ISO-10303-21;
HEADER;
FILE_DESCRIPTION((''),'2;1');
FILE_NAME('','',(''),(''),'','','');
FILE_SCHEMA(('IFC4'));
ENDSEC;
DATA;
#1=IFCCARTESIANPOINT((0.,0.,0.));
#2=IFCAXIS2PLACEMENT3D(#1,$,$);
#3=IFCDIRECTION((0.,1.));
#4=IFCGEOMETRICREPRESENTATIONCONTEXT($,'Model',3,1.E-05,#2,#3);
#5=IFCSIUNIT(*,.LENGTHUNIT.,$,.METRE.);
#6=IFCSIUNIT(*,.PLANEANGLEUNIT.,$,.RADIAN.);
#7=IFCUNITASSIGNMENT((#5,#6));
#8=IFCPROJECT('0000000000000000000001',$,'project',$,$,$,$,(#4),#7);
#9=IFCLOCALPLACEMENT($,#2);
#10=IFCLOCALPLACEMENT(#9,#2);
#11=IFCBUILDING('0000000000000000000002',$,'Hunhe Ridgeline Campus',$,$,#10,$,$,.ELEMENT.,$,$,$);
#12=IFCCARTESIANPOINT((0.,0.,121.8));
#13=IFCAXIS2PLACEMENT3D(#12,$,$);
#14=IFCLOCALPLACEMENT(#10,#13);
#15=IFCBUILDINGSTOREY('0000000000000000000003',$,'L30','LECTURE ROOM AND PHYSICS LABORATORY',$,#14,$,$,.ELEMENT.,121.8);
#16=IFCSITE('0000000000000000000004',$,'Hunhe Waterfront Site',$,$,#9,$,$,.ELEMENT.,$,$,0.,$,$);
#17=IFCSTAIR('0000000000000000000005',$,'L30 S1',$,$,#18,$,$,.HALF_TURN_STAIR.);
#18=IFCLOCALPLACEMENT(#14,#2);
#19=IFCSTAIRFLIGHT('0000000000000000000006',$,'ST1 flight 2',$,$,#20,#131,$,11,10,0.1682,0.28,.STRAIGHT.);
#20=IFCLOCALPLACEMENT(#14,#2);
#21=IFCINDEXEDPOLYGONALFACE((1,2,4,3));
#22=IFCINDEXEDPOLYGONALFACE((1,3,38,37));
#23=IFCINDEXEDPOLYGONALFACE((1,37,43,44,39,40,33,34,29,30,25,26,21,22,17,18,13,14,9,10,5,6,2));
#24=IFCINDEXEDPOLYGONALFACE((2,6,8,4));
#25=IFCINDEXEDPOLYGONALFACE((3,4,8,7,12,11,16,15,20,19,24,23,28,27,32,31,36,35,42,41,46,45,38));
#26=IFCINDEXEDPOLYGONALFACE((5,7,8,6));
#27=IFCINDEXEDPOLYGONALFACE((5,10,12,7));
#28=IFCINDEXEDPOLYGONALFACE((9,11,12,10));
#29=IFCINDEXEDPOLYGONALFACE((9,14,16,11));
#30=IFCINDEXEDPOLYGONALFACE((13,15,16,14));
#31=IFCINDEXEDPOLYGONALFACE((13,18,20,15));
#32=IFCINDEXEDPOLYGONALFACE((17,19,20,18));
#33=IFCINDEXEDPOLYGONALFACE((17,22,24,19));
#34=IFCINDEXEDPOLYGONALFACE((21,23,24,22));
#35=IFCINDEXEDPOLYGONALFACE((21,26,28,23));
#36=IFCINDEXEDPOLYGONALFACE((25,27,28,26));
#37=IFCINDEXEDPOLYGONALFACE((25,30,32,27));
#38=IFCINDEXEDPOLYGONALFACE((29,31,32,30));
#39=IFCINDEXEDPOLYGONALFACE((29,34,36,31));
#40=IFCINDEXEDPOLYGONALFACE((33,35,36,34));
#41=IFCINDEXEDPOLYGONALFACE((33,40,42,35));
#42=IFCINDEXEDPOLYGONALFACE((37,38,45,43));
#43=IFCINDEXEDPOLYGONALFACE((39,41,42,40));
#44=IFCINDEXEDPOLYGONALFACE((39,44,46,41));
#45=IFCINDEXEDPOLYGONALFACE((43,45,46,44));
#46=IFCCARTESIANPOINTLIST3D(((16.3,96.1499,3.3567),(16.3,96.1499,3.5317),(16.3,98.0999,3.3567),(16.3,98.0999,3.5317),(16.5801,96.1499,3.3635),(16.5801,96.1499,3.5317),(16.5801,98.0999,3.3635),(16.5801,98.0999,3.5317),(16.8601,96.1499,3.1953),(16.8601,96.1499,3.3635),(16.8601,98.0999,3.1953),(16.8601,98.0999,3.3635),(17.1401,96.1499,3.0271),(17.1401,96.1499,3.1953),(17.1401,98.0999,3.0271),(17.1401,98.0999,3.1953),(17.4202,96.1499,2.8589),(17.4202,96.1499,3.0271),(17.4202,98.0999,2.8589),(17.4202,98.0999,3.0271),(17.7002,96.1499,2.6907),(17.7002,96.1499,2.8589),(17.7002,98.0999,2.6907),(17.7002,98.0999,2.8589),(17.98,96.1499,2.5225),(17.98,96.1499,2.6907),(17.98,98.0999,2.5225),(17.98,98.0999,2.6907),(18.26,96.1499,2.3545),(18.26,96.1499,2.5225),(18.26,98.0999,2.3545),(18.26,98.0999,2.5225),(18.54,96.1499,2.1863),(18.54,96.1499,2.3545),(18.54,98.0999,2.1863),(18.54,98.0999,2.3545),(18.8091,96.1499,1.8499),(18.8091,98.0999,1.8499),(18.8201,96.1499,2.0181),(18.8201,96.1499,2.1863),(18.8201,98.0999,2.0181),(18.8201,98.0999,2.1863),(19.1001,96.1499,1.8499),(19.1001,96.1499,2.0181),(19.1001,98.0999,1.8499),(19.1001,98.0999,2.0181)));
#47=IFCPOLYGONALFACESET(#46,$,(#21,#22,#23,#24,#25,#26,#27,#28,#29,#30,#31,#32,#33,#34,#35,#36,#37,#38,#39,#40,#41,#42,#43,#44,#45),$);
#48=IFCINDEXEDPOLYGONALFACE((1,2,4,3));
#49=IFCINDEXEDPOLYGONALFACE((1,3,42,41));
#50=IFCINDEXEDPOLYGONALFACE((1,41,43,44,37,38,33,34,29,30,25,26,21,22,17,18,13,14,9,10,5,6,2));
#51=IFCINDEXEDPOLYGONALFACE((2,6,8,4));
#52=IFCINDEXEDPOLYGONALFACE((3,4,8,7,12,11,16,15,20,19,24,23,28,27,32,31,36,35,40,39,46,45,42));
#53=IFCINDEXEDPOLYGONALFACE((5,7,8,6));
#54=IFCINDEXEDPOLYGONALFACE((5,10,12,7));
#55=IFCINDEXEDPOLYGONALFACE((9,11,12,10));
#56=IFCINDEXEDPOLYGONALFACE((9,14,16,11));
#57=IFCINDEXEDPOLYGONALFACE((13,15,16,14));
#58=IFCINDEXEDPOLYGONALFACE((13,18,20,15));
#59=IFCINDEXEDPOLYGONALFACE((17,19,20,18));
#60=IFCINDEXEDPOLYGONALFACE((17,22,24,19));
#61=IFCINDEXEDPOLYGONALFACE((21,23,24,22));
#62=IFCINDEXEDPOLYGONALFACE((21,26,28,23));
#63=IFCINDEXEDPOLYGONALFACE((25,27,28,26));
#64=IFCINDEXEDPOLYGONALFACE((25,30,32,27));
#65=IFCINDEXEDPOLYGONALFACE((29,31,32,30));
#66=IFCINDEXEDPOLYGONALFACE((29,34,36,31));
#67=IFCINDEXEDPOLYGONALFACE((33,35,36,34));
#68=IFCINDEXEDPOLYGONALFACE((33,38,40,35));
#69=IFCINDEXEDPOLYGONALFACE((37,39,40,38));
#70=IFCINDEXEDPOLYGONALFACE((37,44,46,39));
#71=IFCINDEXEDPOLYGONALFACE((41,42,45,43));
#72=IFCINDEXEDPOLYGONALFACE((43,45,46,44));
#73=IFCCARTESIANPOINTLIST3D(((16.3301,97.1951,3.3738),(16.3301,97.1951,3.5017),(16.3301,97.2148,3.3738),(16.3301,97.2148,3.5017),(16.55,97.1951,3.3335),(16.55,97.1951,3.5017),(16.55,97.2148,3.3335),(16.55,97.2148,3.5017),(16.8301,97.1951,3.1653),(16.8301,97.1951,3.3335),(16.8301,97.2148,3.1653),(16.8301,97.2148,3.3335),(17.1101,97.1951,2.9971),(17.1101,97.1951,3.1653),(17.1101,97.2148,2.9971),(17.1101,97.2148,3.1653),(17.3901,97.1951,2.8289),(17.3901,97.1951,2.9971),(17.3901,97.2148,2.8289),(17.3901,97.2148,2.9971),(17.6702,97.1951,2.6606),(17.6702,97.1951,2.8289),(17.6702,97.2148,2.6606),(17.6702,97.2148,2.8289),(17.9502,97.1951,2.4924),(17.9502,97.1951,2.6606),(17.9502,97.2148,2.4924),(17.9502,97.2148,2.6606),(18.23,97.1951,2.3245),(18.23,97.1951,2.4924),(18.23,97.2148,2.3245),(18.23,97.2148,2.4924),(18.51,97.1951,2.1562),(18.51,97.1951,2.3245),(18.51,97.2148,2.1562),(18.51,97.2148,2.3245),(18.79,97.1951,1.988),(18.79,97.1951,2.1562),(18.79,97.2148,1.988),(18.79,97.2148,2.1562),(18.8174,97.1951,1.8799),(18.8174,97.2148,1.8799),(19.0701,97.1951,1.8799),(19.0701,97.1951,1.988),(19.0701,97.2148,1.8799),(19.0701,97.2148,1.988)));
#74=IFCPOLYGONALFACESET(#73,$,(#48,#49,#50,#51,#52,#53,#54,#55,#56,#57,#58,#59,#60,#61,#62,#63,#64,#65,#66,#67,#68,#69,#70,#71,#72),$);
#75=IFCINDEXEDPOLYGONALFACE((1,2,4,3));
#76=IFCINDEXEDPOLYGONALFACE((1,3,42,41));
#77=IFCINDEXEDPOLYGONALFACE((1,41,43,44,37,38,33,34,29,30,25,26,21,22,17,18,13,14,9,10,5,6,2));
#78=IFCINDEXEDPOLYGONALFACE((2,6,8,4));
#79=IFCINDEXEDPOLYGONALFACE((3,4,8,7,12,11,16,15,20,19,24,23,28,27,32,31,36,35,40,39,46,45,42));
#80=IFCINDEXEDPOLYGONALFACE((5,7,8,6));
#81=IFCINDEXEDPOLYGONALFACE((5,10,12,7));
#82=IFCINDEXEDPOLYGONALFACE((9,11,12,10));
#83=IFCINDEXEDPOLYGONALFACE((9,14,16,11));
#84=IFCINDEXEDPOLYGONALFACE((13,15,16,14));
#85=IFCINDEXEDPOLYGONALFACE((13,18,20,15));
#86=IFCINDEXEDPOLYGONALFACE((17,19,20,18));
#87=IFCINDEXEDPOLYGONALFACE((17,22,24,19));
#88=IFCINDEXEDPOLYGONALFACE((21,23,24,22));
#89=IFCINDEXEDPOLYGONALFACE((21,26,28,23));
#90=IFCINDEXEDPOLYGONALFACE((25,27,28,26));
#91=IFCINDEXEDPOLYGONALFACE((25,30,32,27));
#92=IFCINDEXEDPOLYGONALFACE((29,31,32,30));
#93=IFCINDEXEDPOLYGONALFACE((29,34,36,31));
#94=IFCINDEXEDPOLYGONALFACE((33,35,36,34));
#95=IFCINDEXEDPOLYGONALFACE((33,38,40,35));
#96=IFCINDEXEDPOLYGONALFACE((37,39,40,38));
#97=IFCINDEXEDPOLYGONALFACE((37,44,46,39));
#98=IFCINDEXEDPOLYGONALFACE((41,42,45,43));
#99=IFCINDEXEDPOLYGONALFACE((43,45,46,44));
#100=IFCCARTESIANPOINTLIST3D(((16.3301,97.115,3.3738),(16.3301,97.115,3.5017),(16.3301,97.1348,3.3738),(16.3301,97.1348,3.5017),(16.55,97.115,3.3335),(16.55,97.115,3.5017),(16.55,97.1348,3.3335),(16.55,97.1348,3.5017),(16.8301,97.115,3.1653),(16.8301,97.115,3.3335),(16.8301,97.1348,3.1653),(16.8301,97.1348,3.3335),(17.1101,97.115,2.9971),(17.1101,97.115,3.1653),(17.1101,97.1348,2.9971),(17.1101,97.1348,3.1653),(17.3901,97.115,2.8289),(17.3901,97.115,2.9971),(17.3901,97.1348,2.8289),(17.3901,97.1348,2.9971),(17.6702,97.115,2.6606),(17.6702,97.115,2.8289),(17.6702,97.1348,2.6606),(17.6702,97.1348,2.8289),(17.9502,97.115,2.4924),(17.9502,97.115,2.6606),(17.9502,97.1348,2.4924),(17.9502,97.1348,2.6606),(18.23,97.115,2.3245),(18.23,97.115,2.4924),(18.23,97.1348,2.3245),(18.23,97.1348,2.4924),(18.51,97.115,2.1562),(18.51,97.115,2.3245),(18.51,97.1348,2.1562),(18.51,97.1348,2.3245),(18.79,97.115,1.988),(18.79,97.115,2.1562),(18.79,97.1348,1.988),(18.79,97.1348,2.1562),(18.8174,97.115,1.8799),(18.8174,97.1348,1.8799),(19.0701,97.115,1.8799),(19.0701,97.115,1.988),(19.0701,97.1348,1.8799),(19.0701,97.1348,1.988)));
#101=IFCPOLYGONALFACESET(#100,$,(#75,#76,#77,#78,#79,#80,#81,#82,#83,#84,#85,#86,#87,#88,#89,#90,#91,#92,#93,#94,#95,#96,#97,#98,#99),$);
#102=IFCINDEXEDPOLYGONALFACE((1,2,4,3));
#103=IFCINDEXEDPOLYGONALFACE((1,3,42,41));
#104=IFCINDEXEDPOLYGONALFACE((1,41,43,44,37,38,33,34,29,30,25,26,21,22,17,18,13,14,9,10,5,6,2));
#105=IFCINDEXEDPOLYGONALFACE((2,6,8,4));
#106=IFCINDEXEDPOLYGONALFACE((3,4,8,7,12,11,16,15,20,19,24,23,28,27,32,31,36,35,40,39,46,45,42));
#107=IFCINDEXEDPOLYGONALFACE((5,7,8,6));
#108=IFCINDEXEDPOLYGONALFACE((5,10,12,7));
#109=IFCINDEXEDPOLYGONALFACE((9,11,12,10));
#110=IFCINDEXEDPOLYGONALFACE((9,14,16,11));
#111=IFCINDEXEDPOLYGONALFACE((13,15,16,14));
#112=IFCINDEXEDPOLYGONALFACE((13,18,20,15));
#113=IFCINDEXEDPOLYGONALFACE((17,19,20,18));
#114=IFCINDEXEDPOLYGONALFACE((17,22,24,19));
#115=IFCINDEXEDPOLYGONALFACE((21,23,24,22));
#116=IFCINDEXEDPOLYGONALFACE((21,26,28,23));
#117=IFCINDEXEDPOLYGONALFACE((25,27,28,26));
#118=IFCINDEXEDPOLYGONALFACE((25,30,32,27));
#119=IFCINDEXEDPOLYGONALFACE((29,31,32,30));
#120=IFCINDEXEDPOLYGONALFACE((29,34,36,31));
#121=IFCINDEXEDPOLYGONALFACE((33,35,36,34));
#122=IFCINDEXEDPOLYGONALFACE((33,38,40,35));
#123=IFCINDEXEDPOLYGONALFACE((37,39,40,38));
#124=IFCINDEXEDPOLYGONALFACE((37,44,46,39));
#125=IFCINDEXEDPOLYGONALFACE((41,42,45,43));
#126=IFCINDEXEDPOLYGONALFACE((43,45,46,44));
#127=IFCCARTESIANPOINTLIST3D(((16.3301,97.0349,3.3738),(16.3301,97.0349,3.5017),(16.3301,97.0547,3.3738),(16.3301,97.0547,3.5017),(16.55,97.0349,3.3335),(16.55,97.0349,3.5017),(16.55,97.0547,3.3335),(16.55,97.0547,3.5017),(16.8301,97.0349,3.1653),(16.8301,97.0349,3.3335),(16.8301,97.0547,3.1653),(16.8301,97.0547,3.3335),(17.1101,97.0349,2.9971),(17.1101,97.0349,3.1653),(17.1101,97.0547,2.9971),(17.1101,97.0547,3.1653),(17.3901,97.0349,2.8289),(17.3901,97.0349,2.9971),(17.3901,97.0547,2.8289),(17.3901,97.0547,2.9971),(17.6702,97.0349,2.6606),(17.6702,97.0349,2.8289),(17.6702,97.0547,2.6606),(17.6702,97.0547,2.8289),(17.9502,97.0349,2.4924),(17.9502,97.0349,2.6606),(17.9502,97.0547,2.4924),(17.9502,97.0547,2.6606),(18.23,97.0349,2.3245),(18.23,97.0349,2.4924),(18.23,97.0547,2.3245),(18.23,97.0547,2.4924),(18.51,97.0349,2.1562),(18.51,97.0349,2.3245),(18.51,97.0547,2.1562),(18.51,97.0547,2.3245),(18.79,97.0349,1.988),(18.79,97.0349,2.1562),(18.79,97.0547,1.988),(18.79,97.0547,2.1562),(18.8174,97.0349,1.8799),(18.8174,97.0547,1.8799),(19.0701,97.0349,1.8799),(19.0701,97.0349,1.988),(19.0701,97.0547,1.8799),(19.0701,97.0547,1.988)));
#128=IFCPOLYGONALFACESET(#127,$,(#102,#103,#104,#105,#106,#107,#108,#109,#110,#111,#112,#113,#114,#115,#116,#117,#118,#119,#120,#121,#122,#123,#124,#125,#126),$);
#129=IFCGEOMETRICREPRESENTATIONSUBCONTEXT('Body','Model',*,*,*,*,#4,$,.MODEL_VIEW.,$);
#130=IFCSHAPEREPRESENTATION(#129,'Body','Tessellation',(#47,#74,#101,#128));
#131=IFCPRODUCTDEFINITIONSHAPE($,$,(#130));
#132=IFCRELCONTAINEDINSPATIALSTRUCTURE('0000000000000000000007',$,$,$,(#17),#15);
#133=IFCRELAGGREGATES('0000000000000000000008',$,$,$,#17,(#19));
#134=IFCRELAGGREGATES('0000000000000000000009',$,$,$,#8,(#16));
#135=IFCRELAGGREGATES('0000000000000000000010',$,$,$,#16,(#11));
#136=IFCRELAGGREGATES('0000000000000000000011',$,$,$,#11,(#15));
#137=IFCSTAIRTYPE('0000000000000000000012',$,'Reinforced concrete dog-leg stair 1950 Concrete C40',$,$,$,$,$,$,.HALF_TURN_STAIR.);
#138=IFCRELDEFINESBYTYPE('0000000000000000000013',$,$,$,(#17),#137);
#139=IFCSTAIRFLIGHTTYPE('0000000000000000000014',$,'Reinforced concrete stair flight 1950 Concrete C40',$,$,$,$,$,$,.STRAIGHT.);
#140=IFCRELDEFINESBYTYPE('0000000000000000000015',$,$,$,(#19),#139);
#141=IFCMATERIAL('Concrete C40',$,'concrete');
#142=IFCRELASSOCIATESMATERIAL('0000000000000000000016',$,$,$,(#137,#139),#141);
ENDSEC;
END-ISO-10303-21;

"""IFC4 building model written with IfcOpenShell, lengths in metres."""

from ifc_helpers import new_model, si_unit, direction, frame, origin, place, context, subcontext, project, spatial, polyline, outline, extrude, material, type_object, element, aggregate, save


model = new_model("IFC4")

# Units and contexts
model_context = context("Model", 3, precision=1e-05, world=origin(), true_north=direction((0.0, 1.0)))
body_context = subcontext(model_context, "Body", "Model", "MODEL_VIEW")
ifc_project = project(units=[si_unit("LENGTHUNIT", "METRE"), si_unit("PLANEANGLEUNIT", "RADIAN")], contexts=[model_context])

# Site, building, storey
site_placement = place(None, origin())
site = spatial("IfcSite", under=ifc_project, at=site_placement, Name="Hunhe Waterfront Site", CompositionType="ELEMENT", RefElevation=0.0)
building_placement = place(site_placement, origin())
building = spatial("IfcBuilding", under=site, at=building_placement, Name="Hunhe Ridgeline Campus", CompositionType="ELEMENT")
storey_placement = place(building_placement, frame((0.0, 0.0, 121.8)))
storey = spatial("IfcBuildingStorey", under=building, at=storey_placement, Name="L30", Description="LECTURE ROOM AND PHYSICS LABORATORY", CompositionType="ELEMENT", Elevation=121.8)

# Stair, stair flight
ifc_material_1 = material(Name="Concrete C40", Category="concrete")
stair_type = type_object("IfcStairType", Name="Reinforced concrete dog-leg stair 1950 Concrete C40", PredefinedType="HALF_TURN_STAIR", material=ifc_material_1)
stair_placement = place(storey_placement, origin())
stair = element("IfcStair", 1, at=stair_placement, inside=storey, type_object=stair_type, Name="L30 S1", PredefinedType="HALF_TURN_STAIR")
stair_flight_type = type_object("IfcStairFlightType", Name="Reinforced concrete stair flight 1950 Concrete C40", PredefinedType="STRAIGHT", material=ifc_material_1)
stair_flight_1_placement = place(storey_placement, frame((19.1001, 97.125, 1.8499), z_axis=(0.0, 0.0, 1.0), x_axis=(-1.0, 0.0, 0.0)))
stair_flight_1 = element("IfcStairFlight", 2, at=stair_flight_1_placement, type_object=stair_flight_type, Name="ST1 flight 2", NumberOfRisers=11, NumberOfTreads=10, PredefinedType="STRAIGHT", RiserHeight=0.1682, TreadLength=0.28, context=body_context, shape_type="SweptSolid", body=[
    extrude(outline(polyline([(0.0, 0.0), (0.0, 0.1682), (0.28, 0.1682), (0.28, 0.3364), (0.5601, 0.3364), (0.5601, 0.5046), (0.8401, 0.5046), (0.8401, 0.6726), (1.1201, 0.6726), (1.1201, 0.8408), (1.3999, 0.8408), (1.3999, 1.009), (1.6799, 1.009), (1.6799, 1.1772), (1.96, 1.1772), (1.96, 1.3455), (2.24, 1.3455), (2.24, 1.5137), (2.52, 1.5137), (2.52, 1.6819), (2.8, 1.6819), (2.8, 1.8501), (2.8, 1.5068), (0.291, 0.0), (0.0, 0.0)])), frame((0.0, 0.9751, 0.0), z_axis=(0.0, -1.0, 0.0), x_axis=(1.0, 0.0, 0.0)), (0.0, 0.0, 1.0), 1.95),
    extrude(outline(polyline([(0.03, 0.03), (0.03, 0.1382), (0.3101, 0.1382), (0.3101, 0.3064), (0.5901, 0.3064), (0.5901, 0.4746), (0.8701, 0.4746), (0.8701, 0.6426), (1.1499, 0.6426), (1.1499, 0.8108), (1.4299, 0.8108), (1.4299, 0.979), (1.71, 0.979), (1.71, 1.1472), (1.99, 1.1472), (1.99, 1.3154), (2.27, 1.3154), (2.27, 1.4836), (2.55, 1.4836), (2.55, 1.6519), (2.77, 1.6519), (2.77, 1.5239), (0.2827, 0.03), (0.03, 0.03)])), frame((0.0, -0.0701, 0.0), z_axis=(0.0, -1.0, 0.0), x_axis=(1.0, 0.0, 0.0)), (0.0, 0.0, 1.0), 0.0198),
    extrude(outline(polyline([(0.03, 0.03), (0.03, 0.1382), (0.3101, 0.1382), (0.3101, 0.3064), (0.5901, 0.3064), (0.5901, 0.4746), (0.8701, 0.4746), (0.8701, 0.6426), (1.1499, 0.6426), (1.1499, 0.8108), (1.4299, 0.8108), (1.4299, 0.979), (1.71, 0.979), (1.71, 1.1472), (1.99, 1.1472), (1.99, 1.3154), (2.27, 1.3154), (2.27, 1.4836), (2.55, 1.4836), (2.55, 1.6519), (2.77, 1.6519), (2.77, 1.5239), (0.2827, 0.03), (0.03, 0.03)])), frame((0.0, 0.01, 0.0), z_axis=(0.0, -1.0, 0.0), x_axis=(1.0, 0.0, 0.0)), (0.0, 0.0, 1.0), 0.0198),
    extrude(outline(polyline([(0.03, 0.03), (0.03, 0.1382), (0.3101, 0.1382), (0.3101, 0.3064), (0.5901, 0.3064), (0.5901, 0.4746), (0.8701, 0.4746), (0.8701, 0.6426), (1.1499, 0.6426), (1.1499, 0.8108), (1.4299, 0.8108), (1.4299, 0.979), (1.71, 0.979), (1.71, 1.1472), (1.99, 1.1472), (1.99, 1.3154), (2.27, 1.3154), (2.27, 1.4836), (2.55, 1.4836), (2.55, 1.6519), (2.77, 1.6519), (2.77, 1.5239), (0.2827, 0.03), (0.03, 0.03)])), frame((0.0, 0.0901, 0.0), z_axis=(0.0, -1.0, 0.0), x_axis=(1.0, 0.0, 0.0)), (0.0, 0.0, 1.0), 0.0198),
])
aggregate(stair, [stair_flight_1])

save(model, "model.ifc")
